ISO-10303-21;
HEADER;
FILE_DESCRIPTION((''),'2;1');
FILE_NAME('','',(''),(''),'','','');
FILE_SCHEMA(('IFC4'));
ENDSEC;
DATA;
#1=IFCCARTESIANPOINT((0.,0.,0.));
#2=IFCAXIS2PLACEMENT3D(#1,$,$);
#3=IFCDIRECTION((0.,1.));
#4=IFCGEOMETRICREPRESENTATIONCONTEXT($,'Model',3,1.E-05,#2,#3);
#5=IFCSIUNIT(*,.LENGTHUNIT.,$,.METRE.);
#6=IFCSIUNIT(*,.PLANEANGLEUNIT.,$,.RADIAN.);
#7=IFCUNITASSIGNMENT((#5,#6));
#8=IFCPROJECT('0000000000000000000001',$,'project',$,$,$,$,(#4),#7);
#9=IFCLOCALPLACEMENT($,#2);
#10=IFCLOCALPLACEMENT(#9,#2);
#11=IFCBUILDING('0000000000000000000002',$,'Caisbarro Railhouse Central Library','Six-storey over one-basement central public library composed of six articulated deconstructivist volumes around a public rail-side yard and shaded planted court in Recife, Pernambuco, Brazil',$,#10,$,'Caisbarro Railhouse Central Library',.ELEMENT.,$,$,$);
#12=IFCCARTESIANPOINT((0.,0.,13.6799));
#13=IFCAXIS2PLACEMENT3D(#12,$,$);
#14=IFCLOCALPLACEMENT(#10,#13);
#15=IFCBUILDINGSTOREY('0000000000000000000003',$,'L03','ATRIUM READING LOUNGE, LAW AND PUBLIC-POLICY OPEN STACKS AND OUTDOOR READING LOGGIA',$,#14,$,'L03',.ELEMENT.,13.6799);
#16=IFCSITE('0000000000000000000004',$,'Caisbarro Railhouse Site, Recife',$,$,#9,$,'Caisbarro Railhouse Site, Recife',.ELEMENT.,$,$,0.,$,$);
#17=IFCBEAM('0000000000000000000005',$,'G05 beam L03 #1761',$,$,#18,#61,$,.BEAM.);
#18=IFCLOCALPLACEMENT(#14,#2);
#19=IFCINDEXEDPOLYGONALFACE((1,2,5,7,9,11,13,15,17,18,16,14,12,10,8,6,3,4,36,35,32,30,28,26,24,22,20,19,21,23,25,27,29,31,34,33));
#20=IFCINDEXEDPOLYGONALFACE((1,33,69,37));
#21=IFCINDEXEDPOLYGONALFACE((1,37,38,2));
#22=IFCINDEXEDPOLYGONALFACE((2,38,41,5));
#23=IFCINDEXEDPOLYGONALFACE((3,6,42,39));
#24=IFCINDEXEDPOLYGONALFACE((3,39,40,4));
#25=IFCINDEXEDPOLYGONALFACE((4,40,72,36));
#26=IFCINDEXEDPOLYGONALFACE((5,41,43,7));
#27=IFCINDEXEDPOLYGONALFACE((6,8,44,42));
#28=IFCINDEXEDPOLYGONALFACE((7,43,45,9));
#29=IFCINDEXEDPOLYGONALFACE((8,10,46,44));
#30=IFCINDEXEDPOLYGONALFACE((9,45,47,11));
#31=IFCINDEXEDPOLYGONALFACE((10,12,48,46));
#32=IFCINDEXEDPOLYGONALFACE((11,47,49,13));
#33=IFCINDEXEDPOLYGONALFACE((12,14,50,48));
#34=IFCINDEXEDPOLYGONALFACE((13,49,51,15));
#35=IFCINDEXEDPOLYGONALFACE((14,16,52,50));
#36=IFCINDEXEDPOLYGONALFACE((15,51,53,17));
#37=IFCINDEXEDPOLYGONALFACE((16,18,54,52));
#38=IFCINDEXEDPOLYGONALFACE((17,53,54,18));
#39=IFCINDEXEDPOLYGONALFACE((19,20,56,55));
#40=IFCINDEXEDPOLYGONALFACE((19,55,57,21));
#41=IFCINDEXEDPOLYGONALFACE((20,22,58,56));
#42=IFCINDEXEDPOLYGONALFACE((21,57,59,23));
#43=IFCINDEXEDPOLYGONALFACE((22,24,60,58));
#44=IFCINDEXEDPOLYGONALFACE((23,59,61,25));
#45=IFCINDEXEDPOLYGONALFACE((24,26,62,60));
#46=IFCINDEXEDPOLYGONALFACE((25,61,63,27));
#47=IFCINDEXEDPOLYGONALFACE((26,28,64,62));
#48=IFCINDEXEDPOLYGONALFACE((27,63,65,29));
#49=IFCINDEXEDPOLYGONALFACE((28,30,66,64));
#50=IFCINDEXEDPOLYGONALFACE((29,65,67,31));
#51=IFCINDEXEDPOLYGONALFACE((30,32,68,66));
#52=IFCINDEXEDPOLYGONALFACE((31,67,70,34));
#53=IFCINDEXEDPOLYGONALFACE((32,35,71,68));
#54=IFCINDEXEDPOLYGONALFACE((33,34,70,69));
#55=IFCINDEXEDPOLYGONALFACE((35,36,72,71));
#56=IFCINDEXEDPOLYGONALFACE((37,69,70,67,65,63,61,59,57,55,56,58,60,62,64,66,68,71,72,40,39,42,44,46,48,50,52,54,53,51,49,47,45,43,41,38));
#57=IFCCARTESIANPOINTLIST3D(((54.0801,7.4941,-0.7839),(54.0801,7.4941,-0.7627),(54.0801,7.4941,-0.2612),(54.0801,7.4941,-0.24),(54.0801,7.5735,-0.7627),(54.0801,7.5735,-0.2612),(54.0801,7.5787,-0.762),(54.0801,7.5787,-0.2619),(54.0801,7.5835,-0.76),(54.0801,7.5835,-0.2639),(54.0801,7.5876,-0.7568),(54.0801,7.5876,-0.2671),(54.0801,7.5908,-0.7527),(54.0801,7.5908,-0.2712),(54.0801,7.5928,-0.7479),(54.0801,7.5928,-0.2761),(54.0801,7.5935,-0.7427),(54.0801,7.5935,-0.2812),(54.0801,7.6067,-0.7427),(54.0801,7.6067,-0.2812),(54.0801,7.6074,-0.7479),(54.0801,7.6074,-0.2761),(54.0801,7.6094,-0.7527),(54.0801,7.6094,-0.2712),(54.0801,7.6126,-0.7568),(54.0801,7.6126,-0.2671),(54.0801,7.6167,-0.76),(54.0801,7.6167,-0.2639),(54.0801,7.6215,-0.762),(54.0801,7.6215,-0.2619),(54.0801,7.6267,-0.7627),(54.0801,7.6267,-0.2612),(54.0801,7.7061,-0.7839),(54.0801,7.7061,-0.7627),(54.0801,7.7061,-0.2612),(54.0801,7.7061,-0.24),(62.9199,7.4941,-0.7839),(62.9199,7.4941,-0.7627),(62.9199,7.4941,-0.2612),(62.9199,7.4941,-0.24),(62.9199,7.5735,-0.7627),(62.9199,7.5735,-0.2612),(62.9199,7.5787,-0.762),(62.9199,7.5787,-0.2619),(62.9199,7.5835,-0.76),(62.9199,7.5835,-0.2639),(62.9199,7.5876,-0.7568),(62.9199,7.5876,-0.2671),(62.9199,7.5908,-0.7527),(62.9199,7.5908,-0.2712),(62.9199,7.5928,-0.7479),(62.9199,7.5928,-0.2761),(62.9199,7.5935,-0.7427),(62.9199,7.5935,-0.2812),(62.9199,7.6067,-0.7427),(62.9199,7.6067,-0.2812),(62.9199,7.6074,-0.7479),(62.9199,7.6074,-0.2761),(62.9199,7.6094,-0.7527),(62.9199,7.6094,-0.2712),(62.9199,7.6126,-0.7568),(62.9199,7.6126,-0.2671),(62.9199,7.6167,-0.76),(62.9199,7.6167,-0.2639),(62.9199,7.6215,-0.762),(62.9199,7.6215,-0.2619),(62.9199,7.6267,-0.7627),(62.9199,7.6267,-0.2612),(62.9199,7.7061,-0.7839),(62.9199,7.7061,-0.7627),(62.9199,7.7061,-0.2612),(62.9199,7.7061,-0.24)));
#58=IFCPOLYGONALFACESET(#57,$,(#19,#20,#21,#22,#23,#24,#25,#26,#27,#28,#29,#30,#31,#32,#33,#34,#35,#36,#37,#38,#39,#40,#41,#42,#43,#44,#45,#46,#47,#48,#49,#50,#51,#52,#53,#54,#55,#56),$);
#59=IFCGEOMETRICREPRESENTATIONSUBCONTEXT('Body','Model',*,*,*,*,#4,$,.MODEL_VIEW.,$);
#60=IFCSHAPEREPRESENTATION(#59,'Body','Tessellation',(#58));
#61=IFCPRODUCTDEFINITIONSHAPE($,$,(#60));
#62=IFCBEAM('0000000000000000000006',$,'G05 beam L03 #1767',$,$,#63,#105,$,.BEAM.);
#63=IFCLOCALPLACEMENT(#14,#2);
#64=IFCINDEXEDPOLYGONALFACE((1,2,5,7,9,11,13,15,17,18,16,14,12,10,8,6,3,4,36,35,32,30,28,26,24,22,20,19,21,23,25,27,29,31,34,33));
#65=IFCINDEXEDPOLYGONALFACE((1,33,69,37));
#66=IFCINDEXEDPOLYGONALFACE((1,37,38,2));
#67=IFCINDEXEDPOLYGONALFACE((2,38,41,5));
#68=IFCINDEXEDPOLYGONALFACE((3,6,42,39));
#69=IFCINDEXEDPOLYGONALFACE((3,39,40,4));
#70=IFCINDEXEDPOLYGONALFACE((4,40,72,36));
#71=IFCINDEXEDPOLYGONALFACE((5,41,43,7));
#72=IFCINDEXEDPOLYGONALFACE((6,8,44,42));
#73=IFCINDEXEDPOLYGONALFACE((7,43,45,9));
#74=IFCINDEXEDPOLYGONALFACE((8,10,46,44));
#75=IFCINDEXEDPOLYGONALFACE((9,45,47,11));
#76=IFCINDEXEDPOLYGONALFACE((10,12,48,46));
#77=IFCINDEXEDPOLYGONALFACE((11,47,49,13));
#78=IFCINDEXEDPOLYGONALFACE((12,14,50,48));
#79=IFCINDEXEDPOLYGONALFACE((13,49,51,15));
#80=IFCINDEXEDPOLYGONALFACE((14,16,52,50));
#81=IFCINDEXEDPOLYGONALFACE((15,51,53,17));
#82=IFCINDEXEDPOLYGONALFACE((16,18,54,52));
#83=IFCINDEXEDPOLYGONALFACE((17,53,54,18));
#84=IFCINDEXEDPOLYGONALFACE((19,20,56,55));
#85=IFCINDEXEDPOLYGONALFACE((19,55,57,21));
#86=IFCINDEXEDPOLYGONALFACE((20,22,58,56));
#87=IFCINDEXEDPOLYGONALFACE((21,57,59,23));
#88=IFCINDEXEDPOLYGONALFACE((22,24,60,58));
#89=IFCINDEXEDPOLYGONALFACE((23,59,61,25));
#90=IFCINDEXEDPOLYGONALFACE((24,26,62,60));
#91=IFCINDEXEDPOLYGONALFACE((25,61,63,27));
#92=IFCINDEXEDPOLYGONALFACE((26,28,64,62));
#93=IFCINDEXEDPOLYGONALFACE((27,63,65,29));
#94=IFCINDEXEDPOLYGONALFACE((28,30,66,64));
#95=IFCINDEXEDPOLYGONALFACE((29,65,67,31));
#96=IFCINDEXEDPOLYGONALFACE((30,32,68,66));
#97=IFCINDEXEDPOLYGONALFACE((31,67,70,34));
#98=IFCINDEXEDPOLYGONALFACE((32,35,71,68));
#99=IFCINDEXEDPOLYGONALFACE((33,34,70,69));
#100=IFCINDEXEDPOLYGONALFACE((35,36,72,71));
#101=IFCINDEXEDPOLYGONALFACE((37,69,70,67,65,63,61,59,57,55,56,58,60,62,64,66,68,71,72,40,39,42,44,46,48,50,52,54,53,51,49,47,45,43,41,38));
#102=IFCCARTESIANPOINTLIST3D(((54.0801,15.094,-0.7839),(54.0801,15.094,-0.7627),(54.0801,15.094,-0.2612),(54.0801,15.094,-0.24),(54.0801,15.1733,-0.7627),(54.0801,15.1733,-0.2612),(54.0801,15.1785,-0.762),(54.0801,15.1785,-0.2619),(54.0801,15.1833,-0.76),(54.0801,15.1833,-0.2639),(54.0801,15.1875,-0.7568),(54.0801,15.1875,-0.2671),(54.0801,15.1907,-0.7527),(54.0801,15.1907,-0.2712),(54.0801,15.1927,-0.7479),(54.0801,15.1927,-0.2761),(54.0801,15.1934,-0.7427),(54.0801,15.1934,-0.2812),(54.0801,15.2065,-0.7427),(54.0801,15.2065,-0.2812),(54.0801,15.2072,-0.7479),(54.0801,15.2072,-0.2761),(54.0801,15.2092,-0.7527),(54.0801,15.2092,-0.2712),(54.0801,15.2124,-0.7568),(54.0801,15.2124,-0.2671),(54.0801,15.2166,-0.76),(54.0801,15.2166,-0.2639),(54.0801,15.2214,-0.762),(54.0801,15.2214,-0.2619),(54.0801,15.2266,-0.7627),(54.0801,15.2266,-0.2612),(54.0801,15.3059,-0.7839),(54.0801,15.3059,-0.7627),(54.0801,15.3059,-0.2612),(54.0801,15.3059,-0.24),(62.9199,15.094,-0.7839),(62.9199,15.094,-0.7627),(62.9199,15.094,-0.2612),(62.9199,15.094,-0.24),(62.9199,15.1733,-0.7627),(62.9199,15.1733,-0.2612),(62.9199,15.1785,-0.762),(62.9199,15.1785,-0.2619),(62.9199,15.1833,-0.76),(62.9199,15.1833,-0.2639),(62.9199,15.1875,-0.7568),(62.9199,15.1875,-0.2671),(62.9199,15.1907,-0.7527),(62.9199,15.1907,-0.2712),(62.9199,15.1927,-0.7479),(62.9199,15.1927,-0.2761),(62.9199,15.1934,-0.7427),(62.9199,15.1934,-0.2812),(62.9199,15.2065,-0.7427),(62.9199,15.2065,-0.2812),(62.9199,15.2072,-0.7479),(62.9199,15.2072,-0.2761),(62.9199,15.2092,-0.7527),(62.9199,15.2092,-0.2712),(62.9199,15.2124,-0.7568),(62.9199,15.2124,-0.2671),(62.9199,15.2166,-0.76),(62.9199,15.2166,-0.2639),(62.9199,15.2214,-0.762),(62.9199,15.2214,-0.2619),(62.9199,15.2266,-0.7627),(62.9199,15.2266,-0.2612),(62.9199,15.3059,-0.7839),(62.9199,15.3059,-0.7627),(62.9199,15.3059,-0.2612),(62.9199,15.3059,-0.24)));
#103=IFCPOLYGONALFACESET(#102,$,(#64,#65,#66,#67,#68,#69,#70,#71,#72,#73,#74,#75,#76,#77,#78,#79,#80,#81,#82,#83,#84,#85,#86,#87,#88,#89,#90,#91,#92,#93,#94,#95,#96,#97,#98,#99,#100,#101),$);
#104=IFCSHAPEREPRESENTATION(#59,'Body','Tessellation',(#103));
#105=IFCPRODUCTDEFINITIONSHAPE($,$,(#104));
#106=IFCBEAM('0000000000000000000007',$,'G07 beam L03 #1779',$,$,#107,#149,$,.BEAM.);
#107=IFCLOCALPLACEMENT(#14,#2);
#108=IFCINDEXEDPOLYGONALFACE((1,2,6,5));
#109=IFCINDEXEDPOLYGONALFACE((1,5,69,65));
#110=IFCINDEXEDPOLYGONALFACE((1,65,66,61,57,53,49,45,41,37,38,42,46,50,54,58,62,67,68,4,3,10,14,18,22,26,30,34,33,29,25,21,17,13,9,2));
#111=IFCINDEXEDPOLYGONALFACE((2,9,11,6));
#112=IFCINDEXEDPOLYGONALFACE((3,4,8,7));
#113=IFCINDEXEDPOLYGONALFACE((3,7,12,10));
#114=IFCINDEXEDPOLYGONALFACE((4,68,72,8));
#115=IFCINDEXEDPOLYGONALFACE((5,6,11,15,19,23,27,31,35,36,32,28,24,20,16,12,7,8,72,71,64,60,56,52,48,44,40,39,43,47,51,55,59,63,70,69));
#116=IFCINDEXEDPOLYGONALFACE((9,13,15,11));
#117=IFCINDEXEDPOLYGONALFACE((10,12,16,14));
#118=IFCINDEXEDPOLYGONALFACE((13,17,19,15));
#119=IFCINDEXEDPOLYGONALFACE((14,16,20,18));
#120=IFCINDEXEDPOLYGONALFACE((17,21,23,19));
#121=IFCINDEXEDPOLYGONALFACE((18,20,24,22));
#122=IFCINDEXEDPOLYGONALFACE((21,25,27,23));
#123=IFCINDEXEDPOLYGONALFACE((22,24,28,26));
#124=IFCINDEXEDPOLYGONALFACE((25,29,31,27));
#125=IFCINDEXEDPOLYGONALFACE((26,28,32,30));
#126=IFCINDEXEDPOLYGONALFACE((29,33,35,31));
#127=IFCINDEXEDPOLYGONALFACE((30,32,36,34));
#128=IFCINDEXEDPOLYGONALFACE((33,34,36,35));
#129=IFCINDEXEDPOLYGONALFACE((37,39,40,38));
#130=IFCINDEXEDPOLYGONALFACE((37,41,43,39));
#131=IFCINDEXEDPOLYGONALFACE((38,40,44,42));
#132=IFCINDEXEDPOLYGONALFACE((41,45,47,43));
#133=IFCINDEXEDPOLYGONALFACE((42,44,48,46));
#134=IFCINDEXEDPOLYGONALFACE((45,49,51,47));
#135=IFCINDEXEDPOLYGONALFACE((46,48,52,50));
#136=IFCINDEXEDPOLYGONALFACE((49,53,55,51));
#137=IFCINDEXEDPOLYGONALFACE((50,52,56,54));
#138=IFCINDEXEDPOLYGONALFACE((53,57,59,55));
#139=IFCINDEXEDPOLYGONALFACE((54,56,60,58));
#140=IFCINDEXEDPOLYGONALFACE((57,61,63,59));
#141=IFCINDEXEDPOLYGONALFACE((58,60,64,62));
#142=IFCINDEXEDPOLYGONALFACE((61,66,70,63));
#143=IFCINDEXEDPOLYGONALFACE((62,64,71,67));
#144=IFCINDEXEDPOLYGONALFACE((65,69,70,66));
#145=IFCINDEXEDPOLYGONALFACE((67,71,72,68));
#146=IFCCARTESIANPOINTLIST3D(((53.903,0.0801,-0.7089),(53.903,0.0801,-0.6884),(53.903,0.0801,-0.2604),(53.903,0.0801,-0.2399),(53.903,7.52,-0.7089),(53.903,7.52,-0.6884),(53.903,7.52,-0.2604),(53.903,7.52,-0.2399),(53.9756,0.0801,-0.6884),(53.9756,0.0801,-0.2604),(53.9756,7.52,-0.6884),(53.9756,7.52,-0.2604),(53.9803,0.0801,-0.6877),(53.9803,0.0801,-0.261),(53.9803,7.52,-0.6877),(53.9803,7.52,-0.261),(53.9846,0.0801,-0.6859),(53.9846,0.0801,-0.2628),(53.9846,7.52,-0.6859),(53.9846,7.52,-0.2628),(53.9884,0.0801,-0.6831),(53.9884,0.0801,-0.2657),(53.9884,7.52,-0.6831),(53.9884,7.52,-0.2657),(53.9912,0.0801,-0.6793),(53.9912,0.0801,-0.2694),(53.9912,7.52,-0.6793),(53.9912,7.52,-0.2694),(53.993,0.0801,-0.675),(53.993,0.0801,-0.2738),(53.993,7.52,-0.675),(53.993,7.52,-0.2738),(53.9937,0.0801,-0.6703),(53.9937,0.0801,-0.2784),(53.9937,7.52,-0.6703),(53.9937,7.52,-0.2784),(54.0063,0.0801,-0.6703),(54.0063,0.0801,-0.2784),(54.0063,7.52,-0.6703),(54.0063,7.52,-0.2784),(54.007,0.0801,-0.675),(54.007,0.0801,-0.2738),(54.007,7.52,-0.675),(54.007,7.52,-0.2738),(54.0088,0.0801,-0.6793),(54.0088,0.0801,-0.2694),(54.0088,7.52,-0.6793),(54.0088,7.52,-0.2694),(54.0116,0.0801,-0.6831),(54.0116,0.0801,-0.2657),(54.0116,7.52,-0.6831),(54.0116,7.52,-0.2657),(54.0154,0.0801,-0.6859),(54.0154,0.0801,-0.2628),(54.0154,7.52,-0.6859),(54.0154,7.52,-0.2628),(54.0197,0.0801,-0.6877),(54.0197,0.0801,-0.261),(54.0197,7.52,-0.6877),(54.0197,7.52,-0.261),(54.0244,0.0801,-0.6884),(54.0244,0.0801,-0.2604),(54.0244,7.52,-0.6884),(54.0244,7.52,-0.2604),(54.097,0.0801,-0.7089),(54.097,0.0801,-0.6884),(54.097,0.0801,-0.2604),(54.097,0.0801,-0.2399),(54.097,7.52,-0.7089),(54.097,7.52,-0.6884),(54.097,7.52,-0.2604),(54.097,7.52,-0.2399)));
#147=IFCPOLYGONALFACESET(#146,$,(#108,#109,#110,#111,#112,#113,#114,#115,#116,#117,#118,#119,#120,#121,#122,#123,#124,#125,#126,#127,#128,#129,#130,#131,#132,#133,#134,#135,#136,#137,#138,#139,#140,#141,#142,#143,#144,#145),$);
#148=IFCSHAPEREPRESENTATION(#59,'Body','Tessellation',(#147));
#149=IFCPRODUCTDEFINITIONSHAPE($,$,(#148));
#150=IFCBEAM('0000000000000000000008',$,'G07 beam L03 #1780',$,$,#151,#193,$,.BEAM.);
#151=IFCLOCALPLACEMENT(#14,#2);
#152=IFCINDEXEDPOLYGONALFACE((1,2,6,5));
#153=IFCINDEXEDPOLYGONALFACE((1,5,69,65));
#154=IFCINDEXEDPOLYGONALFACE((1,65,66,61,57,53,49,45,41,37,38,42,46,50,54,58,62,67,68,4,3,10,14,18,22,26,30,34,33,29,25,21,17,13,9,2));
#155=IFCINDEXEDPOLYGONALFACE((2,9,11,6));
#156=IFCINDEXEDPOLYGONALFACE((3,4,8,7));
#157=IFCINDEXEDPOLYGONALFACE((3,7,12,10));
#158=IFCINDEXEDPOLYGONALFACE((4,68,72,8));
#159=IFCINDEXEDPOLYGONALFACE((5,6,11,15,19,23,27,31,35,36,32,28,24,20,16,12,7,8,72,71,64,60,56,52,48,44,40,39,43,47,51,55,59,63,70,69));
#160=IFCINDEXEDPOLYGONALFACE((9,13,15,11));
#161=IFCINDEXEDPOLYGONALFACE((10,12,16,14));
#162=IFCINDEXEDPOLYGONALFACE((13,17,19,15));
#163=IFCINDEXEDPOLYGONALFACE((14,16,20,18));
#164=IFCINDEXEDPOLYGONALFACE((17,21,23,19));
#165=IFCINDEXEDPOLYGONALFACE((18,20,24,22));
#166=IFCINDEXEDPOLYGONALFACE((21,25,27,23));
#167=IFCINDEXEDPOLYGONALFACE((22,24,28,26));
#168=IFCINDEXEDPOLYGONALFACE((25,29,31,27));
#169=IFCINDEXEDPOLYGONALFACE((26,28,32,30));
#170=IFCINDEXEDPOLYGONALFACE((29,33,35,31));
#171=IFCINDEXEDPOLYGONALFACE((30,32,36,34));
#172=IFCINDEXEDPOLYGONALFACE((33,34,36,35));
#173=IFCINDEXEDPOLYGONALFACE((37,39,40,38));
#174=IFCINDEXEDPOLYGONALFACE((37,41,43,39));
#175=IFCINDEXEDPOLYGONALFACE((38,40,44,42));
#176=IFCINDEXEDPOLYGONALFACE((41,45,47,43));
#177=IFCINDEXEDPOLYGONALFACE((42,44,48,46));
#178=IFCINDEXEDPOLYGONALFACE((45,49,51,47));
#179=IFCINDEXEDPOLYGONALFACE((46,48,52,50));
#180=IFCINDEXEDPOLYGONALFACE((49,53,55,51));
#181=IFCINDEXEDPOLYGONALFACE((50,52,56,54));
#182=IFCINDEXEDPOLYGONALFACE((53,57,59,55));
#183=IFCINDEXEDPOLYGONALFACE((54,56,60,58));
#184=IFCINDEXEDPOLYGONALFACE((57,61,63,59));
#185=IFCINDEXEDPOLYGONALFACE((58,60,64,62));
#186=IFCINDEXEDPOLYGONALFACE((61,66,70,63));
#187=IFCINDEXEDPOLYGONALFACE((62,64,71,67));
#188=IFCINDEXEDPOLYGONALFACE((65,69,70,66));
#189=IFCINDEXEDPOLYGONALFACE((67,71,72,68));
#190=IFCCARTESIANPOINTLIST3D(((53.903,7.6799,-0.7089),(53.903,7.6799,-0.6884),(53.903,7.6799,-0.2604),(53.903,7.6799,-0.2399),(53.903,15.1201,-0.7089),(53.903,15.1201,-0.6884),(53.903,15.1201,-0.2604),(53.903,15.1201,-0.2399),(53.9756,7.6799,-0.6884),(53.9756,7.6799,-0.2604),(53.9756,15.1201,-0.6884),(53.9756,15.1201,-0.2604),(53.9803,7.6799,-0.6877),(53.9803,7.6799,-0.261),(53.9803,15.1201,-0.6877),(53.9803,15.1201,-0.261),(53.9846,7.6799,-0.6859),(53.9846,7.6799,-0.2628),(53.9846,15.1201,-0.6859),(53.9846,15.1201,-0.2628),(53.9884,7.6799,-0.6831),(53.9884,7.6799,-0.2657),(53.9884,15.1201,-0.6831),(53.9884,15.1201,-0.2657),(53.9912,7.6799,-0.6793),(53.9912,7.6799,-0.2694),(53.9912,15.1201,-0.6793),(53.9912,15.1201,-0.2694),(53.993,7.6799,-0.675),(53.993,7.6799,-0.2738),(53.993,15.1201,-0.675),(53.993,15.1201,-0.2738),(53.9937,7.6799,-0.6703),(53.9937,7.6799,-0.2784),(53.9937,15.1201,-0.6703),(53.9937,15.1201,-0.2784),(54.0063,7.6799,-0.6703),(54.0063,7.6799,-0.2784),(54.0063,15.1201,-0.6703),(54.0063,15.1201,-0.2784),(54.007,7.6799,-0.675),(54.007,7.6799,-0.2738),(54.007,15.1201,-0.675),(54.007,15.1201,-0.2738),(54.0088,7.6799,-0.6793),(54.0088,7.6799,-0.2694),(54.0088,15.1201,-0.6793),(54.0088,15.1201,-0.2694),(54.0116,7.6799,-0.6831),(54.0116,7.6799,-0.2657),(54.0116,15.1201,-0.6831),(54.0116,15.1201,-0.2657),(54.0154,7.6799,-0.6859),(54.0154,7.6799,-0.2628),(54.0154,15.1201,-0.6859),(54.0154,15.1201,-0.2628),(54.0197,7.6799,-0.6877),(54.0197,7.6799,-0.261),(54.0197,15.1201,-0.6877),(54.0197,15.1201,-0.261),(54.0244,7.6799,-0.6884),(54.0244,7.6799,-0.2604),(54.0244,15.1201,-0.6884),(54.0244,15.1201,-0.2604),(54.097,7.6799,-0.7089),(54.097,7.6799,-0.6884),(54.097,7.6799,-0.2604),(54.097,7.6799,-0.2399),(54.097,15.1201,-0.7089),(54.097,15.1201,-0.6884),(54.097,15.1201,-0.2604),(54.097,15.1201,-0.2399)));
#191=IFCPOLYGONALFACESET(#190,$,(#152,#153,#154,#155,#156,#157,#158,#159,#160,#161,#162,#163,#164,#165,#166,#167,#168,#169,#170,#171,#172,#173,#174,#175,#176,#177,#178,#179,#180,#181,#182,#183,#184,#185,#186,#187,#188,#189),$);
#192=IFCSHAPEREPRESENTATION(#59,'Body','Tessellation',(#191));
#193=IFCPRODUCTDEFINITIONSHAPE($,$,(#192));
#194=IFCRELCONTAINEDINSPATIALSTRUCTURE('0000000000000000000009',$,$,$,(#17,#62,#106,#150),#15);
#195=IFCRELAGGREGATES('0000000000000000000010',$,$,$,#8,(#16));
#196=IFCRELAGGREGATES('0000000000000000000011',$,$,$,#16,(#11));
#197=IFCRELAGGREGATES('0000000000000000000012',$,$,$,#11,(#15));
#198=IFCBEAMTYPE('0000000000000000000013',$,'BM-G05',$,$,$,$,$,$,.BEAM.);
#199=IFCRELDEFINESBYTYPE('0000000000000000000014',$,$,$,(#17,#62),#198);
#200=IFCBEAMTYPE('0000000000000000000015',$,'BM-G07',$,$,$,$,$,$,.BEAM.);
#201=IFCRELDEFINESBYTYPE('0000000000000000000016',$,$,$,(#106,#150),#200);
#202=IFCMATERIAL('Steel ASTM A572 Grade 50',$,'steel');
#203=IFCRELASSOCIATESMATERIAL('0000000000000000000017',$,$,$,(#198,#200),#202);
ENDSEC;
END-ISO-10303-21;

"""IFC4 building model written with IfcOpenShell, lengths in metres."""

from ifc_helpers import new_model, si_unit, direction, frame, origin, origin_2d, place, context, subcontext, project, spatial, i_section, extrude, material, material_profile, profile_set, type_object, element, save


model = new_model("IFC4")

# Units and contexts
model_context = context("Model", 3, precision=1e-05, world=origin(), true_north=direction((0.0, 1.0)))
body_context = subcontext(model_context, "Body", "Model", "MODEL_VIEW")
ifc_project = project(units=[si_unit("LENGTHUNIT", "METRE"), si_unit("PLANEANGLEUNIT", "RADIAN")], contexts=[model_context])

# Site, building, storey
site_placement = place(None, origin())
site = spatial("IfcSite", under=ifc_project, at=site_placement, Name="Caisbarro Railhouse Site, Recife", LongName="Caisbarro Railhouse Site, Recife", CompositionType="ELEMENT", RefElevation=0.0)
building_placement = place(site_placement, origin())
building = spatial("IfcBuilding", under=site, at=building_placement, Name="Caisbarro Railhouse Central Library", Description="Six-storey over one-basement central public library composed of six articulated deconstructivist volumes around a public rail-side yard and shaded planted court in Recife, Pernambuco, Brazil", LongName="Caisbarro Railhouse Central Library", CompositionType="ELEMENT")
storey_placement = place(building_placement, frame((0.0, 0.0, 13.6799)))
storey = spatial("IfcBuildingStorey", under=building, at=storey_placement, Name="L03", Description="ATRIUM READING LOUNGE, LAW AND PUBLIC-POLICY OPEN STACKS AND OUTDOOR READING LOGGIA", LongName="L03", CompositionType="ELEMENT", Elevation=13.6799)

# Shared definitions
ifc_material_1 = material(Name="Steel ASTM A572 Grade 50", Category="steel")

# Beams
ifc_material_profile_1 = material_profile(ifc_material_1, i_section(OverallWidth=0.2119, OverallDepth=0.5439, WebThickness=0.0132, FlangeThickness=0.0212, FilletRadius=0.02, at=origin_2d()), Name="W530X123.0")
ifc_profile_set_1 = profile_set([ifc_material_profile_1], Name="Steel ASTM A572 Grade 50")
beam_type_1 = type_object("IfcBeamType", Name="BM-G05", PredefinedType="BEAM", material=ifc_profile_set_1)
for number, where, z_axis, x_axis, name in (
    (1, (54.0801, 7.6001, -0.512), (1.0, 0.0, 0.0), (0.0, 1.0, 0.0), "G05 beam L03 #1761"),
    (2, (54.0801, 15.2, -0.512), (1.0, 0.0, 0.0), (0.0, 1.0, 0.0), "G05 beam L03 #1767"),
):
    element("IfcBeam", number, at=place(storey_placement, frame(where, z_axis=z_axis, x_axis=x_axis)), inside=storey, type_object=beam_type_1, Name=name, PredefinedType="BEAM", context=body_context, shape_type="SweptSolid", body=[
        extrude(i_section(OverallWidth=0.2119, OverallDepth=0.5439, WebThickness=0.0132, FlangeThickness=0.0212, FilletRadius=0.02, at=origin_2d()), origin(), (0.0, 0.0, 1.0), 8.8398),
    ])
ifc_material_profile_2 = material_profile(ifc_material_1, i_section(OverallWidth=0.1941, OverallDepth=0.469, WebThickness=0.0127, FlangeThickness=0.0205, FilletRadius=0.0181, at=origin_2d()), Name="W460X106.0")
ifc_profile_set_2 = profile_set([ifc_material_profile_2], Name="Steel ASTM A572 Grade 50")
beam_type_2 = type_object("IfcBeamType", Name="BM-G07", PredefinedType="BEAM", material=ifc_profile_set_2)
beam_1_placement = place(storey_placement, frame((54.0, 0.0801, -0.4744), z_axis=(0.0, 1.0, 0.0), x_axis=(-1.0, 0.0, 0.0)))
element("IfcBeam", 3, at=beam_1_placement, inside=storey, type_object=beam_type_2, Name="G07 beam L03 #1779", PredefinedType="BEAM", context=body_context, shape_type="SweptSolid", body=[
    extrude(i_section(OverallWidth=0.1941, OverallDepth=0.469, WebThickness=0.0127, FlangeThickness=0.0205, FilletRadius=0.0181, at=origin_2d()), origin(), (0.0, 0.0, 1.0), 7.4399),
])
beam_2_placement = place(storey_placement, frame((54.0, 7.6799, -0.4744), z_axis=(0.0, 1.0, 0.0), x_axis=(-1.0, 0.0, 0.0)))
element("IfcBeam", 4, at=beam_2_placement, inside=storey, type_object=beam_type_2, Name="G07 beam L03 #1780", PredefinedType="BEAM", context=body_context, shape_type="SweptSolid", body=[
    extrude(i_section(OverallWidth=0.1941, OverallDepth=0.469, WebThickness=0.0127, FlangeThickness=0.0205, FilletRadius=0.0181, at=origin_2d()), origin(), (0.0, 0.0, 1.0), 7.4402),
])

save(model, "model.ifc")
